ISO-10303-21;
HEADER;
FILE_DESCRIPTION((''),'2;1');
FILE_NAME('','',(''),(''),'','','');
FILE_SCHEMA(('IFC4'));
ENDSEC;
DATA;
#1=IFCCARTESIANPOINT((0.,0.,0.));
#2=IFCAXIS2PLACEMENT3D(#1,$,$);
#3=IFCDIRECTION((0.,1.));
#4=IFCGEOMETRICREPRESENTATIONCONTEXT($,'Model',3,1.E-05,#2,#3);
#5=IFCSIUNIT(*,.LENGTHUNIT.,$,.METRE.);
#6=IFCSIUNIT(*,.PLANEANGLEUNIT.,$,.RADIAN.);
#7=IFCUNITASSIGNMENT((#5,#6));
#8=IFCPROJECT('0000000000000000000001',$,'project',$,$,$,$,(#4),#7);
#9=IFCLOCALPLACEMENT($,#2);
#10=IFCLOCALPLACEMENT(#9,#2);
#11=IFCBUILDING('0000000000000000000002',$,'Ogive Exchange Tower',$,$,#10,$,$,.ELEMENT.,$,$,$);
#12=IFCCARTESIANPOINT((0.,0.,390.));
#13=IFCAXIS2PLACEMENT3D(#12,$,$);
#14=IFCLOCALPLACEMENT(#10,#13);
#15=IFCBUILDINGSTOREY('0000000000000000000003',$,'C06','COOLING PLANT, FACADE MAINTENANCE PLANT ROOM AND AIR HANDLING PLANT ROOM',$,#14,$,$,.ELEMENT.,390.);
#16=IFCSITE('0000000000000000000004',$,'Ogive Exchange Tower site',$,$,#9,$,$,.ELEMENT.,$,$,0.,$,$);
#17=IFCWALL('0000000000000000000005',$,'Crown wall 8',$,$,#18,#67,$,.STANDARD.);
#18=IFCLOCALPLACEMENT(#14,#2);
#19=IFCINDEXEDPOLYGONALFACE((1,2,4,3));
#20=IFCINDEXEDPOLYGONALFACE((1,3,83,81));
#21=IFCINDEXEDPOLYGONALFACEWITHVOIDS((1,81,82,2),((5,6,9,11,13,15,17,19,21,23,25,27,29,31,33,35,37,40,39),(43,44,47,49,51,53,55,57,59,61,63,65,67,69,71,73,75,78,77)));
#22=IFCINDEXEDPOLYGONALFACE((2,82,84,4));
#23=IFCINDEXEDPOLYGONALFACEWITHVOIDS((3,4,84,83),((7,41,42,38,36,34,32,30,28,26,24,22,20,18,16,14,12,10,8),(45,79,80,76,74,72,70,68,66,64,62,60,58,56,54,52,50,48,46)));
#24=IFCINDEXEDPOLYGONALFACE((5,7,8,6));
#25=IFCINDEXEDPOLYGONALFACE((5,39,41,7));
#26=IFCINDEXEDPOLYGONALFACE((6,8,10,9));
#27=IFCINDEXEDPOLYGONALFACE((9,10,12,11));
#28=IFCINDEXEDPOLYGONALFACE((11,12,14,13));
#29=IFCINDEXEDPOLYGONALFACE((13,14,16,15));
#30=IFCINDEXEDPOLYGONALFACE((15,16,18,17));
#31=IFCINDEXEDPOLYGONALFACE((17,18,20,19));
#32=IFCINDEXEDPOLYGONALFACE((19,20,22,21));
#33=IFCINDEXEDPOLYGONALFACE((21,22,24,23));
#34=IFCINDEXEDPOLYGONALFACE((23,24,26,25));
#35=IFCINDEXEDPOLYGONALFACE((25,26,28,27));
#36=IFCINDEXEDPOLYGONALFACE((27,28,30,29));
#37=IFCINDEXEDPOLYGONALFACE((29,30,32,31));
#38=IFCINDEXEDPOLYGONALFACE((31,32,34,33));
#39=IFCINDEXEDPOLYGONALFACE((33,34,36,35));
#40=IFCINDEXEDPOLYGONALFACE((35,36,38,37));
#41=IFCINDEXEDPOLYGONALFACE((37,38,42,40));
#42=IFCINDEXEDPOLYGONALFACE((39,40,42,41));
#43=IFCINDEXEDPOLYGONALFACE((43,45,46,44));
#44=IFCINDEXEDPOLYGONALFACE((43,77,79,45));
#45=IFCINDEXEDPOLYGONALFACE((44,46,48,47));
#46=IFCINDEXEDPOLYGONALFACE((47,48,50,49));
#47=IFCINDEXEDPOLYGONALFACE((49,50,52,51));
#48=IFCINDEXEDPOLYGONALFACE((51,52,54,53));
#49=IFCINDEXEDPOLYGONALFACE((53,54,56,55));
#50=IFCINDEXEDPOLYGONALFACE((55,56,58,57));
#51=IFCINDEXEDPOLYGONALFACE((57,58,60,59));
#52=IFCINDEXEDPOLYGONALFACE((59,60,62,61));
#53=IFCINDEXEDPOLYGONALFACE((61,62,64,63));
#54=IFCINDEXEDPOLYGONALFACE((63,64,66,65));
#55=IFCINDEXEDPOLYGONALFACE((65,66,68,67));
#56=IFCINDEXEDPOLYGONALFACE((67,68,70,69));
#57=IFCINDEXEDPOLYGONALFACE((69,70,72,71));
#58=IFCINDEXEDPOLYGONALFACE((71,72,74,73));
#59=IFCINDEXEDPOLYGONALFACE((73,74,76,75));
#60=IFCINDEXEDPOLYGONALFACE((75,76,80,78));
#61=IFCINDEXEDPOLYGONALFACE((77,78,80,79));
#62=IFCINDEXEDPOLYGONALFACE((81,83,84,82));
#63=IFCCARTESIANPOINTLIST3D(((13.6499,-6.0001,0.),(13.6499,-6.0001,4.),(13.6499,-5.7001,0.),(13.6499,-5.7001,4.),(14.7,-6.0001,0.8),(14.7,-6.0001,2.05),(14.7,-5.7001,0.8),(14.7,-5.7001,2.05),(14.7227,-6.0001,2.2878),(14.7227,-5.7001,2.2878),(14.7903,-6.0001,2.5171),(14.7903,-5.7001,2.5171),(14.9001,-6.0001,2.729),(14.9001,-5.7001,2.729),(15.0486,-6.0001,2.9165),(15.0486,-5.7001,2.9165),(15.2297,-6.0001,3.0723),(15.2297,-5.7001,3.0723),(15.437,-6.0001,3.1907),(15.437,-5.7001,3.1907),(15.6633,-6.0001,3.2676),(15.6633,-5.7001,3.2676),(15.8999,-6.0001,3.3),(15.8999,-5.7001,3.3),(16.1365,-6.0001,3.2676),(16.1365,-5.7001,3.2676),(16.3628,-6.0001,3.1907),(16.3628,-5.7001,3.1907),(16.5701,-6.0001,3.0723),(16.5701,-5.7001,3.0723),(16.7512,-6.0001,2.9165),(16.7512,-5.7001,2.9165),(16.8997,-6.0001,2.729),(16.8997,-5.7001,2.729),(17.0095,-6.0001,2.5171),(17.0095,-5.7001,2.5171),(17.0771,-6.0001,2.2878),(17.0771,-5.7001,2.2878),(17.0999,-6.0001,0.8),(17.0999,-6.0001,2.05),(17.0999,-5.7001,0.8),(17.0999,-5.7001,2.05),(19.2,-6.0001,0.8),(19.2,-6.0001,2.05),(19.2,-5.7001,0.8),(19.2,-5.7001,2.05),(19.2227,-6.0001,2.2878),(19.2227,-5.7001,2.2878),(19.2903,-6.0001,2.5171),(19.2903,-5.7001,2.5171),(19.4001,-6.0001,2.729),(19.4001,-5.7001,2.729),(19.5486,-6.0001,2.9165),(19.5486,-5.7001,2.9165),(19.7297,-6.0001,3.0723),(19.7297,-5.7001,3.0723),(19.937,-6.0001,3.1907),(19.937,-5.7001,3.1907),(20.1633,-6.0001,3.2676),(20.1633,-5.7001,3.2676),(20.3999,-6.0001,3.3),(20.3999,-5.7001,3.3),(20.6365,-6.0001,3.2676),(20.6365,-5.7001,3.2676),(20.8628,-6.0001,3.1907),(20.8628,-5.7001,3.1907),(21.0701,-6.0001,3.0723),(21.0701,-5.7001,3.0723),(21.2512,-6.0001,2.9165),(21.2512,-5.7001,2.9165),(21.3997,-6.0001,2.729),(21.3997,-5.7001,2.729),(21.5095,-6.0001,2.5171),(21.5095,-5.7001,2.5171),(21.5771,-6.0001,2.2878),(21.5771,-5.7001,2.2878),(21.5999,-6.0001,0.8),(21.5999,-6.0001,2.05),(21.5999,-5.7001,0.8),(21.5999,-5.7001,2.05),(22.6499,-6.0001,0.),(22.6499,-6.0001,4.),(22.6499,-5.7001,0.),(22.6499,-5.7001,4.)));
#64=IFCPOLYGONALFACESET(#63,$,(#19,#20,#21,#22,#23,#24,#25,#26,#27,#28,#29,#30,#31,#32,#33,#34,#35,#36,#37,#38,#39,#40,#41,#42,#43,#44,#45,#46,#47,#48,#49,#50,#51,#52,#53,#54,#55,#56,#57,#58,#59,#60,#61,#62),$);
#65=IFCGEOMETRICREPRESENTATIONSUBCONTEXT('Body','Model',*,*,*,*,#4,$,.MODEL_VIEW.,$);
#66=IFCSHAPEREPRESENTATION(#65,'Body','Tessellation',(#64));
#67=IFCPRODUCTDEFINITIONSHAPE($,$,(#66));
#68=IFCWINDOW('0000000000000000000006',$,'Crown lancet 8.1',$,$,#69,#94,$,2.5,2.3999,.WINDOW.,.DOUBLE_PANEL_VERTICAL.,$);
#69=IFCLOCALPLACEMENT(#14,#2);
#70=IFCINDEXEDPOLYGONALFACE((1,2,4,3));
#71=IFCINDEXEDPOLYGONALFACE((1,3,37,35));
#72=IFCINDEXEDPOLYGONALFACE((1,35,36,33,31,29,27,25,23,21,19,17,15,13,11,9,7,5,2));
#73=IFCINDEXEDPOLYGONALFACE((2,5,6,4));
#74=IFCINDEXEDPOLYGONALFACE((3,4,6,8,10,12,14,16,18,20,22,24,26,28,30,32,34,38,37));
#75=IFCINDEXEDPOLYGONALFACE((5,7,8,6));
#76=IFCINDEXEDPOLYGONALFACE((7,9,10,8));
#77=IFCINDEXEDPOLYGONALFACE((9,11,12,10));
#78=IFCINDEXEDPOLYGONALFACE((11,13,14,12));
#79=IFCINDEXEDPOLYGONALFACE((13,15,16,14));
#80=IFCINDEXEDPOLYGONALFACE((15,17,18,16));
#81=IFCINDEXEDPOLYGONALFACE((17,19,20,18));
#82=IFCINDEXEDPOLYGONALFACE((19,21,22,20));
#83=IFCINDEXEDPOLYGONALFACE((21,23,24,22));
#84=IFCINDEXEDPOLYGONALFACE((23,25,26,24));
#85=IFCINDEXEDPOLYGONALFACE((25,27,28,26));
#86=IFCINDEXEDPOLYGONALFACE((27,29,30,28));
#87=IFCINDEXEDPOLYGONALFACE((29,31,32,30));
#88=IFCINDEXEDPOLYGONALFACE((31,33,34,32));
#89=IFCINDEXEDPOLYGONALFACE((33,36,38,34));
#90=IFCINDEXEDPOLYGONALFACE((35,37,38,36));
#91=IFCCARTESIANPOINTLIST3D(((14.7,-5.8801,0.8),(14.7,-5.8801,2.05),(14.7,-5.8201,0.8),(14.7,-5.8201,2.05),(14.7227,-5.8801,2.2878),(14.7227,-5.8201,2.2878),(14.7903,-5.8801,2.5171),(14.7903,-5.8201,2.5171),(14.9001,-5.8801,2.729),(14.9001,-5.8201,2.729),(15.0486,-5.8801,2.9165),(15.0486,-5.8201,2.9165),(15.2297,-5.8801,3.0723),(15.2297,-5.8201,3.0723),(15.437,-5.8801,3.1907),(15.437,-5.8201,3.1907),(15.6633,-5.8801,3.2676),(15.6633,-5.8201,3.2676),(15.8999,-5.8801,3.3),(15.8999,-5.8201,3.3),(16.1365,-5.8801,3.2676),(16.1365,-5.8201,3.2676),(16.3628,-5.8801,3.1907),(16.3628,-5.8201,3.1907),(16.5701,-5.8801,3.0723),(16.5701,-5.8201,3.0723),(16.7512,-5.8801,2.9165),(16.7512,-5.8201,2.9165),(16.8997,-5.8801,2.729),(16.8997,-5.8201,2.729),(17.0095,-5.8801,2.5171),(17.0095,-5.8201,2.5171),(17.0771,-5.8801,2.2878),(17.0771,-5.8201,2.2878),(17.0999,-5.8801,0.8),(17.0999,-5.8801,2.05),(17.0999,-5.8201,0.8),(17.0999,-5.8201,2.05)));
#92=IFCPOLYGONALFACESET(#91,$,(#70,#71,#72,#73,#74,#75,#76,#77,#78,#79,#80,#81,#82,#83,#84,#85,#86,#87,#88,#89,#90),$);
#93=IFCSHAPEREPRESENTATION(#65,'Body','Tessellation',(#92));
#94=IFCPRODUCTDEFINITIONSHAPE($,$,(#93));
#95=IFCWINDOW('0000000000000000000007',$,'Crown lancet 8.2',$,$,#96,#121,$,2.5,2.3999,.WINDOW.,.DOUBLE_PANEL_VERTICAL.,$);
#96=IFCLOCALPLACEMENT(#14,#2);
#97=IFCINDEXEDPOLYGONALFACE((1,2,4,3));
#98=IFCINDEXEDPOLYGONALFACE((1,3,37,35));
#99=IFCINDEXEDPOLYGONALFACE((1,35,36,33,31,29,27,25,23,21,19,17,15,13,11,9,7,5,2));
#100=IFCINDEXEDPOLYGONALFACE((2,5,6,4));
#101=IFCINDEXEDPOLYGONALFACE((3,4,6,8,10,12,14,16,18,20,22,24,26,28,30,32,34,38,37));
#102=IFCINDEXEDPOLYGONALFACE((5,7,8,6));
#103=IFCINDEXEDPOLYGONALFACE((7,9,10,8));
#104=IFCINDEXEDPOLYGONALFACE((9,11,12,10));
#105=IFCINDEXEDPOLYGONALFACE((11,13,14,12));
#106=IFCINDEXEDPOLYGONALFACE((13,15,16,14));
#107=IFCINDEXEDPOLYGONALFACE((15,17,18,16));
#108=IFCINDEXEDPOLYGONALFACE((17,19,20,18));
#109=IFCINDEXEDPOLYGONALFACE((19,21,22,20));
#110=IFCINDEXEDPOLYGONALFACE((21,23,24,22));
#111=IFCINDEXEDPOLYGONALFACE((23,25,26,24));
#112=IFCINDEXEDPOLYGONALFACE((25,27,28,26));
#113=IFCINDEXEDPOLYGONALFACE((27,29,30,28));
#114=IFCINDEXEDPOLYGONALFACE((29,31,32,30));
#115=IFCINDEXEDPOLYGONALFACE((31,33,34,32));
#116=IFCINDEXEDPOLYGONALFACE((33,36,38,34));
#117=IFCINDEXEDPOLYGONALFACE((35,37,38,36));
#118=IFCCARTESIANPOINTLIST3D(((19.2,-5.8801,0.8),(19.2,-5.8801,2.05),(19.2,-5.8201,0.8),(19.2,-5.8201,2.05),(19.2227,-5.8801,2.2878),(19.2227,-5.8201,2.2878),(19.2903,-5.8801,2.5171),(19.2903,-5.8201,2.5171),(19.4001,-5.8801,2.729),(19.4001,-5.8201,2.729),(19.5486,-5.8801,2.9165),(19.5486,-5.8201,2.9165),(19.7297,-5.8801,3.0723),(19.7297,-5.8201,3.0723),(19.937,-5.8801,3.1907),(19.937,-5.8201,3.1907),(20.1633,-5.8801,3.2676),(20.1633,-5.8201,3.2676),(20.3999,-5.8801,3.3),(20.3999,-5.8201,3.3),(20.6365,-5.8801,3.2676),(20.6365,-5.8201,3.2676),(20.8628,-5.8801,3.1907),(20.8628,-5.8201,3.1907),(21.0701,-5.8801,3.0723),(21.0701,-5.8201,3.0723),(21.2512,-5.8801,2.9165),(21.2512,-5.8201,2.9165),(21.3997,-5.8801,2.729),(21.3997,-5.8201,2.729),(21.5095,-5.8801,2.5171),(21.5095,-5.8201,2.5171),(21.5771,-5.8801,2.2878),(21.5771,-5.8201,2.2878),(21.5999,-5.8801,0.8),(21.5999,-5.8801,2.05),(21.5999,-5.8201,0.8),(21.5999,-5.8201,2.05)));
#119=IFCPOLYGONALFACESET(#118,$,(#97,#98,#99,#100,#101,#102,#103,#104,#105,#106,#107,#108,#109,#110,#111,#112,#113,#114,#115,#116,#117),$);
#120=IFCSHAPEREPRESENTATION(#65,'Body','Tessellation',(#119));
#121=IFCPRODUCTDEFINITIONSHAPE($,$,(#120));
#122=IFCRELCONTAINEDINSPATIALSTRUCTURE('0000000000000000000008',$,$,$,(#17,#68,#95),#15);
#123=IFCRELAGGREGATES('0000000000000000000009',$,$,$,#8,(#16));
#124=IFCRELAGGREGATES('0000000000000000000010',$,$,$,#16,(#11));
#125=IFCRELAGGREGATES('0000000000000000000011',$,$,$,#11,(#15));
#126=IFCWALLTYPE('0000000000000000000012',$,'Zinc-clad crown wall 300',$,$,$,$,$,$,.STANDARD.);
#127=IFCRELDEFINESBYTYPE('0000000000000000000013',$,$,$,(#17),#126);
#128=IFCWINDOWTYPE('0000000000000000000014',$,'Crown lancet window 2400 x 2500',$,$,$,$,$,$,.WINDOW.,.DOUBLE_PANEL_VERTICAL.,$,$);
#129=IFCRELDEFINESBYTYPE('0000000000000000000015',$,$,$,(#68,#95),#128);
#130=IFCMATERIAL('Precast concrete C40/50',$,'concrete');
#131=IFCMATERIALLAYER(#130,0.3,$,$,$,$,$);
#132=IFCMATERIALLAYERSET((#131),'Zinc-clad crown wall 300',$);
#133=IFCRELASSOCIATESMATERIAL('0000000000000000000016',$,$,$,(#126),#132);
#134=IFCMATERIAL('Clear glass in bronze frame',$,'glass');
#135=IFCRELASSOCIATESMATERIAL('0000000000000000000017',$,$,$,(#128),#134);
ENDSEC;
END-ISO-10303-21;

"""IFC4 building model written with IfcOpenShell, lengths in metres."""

from ifc_helpers import new_model, si_unit, direction, frame, frame_2d, origin, place, context, subcontext, project, spatial, polyline, rectangle, outline, extrude, material, layer, layer_set, type_object, element, fill, save


model = new_model("IFC4")

# Units and contexts
model_context = context("Model", 3, precision=1e-05, world=origin(), true_north=direction((0.0, 1.0)))
body_context = subcontext(model_context, "Body", "Model", "MODEL_VIEW")
ifc_project = project(units=[si_unit("LENGTHUNIT", "METRE"), si_unit("PLANEANGLEUNIT", "RADIAN")], contexts=[model_context])

# Site, building, storey
site_placement = place(None, origin())
site = spatial("IfcSite", under=ifc_project, at=site_placement, Name="Ogive Exchange Tower site", CompositionType="ELEMENT", RefElevation=0.0)
building_placement = place(site_placement, origin())
building = spatial("IfcBuilding", under=site, at=building_placement, Name="Ogive Exchange Tower", CompositionType="ELEMENT")
storey_placement = place(building_placement, frame((0.0, 0.0, 390.0)))
storey = spatial("IfcBuildingStorey", under=building, at=storey_placement, Name="C06", Description="COOLING PLANT, FACADE MAINTENANCE PLANT ROOM AND AIR HANDLING PLANT ROOM", CompositionType="ELEMENT", Elevation=390.0)

# Wall, openings, windows
ifc_material_1 = material(Name="Precast concrete C40/50", Category="concrete")
ifc_layer_1 = layer(ifc_material_1, 0.3)
ifc_layer_set_1 = layer_set([ifc_layer_1], Name="Zinc-clad crown wall 300")
wall_type_1 = type_object("IfcWallType", Name="Zinc-clad crown wall 300", PredefinedType="STANDARD", material=ifc_layer_set_1)
wall_1_placement = place(storey_placement, frame((13.6499, -5.8501, 0.0), z_axis=(0.0, 0.0, 1.0), x_axis=(1.0, 0.0, 0.0)))
wall_1 = element("IfcWall", 1, at=wall_1_placement, inside=storey, type_object=wall_type_1, Name="Crown wall 8", PredefinedType="STANDARD", context=body_context, shape_type="SweptSolid", body=[
    extrude(rectangle(XDim=9.0, YDim=0.3, at=frame_2d((4.5, 0.0))), origin(), (0.0, 0.0, 1.0), 4.0),
])
opening_1_placement = place(wall_1_placement, frame((1.05, 0.0, 0.8)))
opening_1 = element("IfcOpeningElement", 2, at=opening_1_placement, cuts=wall_1, PredefinedType="OPENING", context=body_context, shape_type="SweptSolid", body=[
    extrude(outline(polyline([(0.0, 0.0), (2.3999, 0.0), (2.3999, 1.25), (2.3772, 1.4878), (2.3096, 1.717), (2.1997, 1.929), (2.0513, 2.1165), (1.8701, 2.2722), (1.6628, 2.3906), (1.4365, 2.4675), (1.2, 2.5), (0.9634, 2.4675), (0.7371, 2.3906), (0.5298, 2.2722), (0.3486, 2.1165), (0.2002, 1.929), (0.0903, 1.717), (0.0227, 1.4878), (0.0, 1.25), (0.0, 0.0)])), frame((0.0, 0.1599, 0.0), z_axis=(0.0, -1.0, 0.0), x_axis=(1.0, 0.0, 0.0)), (0.0, 0.0, 1.0), 0.3201),
])
opening_2_placement = place(wall_1_placement, frame((5.55, 0.0, 0.8)))
opening_2 = element("IfcOpeningElement", 3, at=opening_2_placement, cuts=wall_1, PredefinedType="OPENING", context=body_context, shape_type="SweptSolid", body=[
    extrude(outline(polyline([(0.0, 0.0), (2.3999, 0.0), (2.3999, 1.25), (2.3772, 1.4878), (2.3096, 1.717), (2.1997, 1.929), (2.0513, 2.1165), (1.8701, 2.2722), (1.6628, 2.3906), (1.4365, 2.4675), (1.2, 2.5), (0.9634, 2.4675), (0.7371, 2.3906), (0.5298, 2.2722), (0.3486, 2.1165), (0.2002, 1.929), (0.0903, 1.717), (0.0227, 1.4878), (0.0, 1.25), (0.0, 0.0)])), frame((0.0, 0.1599, 0.0), z_axis=(0.0, -1.0, 0.0), x_axis=(1.0, 0.0, 0.0)), (0.0, 0.0, 1.0), 0.3201),
])
ifc_material_2 = material(Name="Clear glass in bronze frame", Category="glass")
window_type = type_object("IfcWindowType", Name="Crown lancet window 2400 x 2500", PartitioningType="DOUBLE_PANEL_VERTICAL", PredefinedType="WINDOW", material=ifc_material_2)
window_1_placement = place(opening_1_placement, origin())
window_1 = element("IfcWindow", 4, at=window_1_placement, inside=storey, type_object=window_type, Name="Crown lancet 8.1", OverallHeight=2.5, OverallWidth=2.3999, PartitioningType="DOUBLE_PANEL_VERTICAL", PredefinedType="WINDOW", context=body_context, shape_type="SweptSolid", body=[
    extrude(outline(polyline([(0.0, 0.0), (2.3999, 0.0), (2.3999, 1.25), (2.3772, 1.4878), (2.3096, 1.717), (2.1997, 1.929), (2.0513, 2.1165), (1.8701, 2.2722), (1.6628, 2.3906), (1.4365, 2.4675), (1.2, 2.5), (0.9634, 2.4675), (0.7371, 2.3906), (0.5298, 2.2722), (0.3486, 2.1165), (0.2002, 1.929), (0.0903, 1.717), (0.0227, 1.4878), (0.0, 1.25), (0.0, 0.0)])), frame((0.0, 0.03, 0.0), z_axis=(0.0, -1.0, 0.0), x_axis=(1.0, 0.0, 0.0)), (0.0, 0.0, 1.0), 0.0601),
])
fill(opening_1, window_1)
window_2_placement = place(opening_2_placement, origin())
window_2 = element("IfcWindow", 5, at=window_2_placement, inside=storey, type_object=window_type, Name="Crown lancet 8.2", OverallHeight=2.5, OverallWidth=2.3999, PartitioningType="DOUBLE_PANEL_VERTICAL", PredefinedType="WINDOW", context=body_context, shape_type="SweptSolid", body=[
    extrude(outline(polyline([(0.0, 0.0), (2.3999, 0.0), (2.3999, 1.25), (2.3772, 1.4878), (2.3096, 1.717), (2.1997, 1.929), (2.0513, 2.1165), (1.8701, 2.2722), (1.6628, 2.3906), (1.4365, 2.4675), (1.2, 2.5), (0.9634, 2.4675), (0.7371, 2.3906), (0.5298, 2.2722), (0.3486, 2.1165), (0.2002, 1.929), (0.0903, 1.717), (0.0227, 1.4878), (0.0, 1.25), (0.0, 0.0)])), frame((0.0, 0.03, 0.0), z_axis=(0.0, -1.0, 0.0), x_axis=(1.0, 0.0, 0.0)), (0.0, 0.0, 1.0), 0.0601),
])
fill(opening_2, window_2)

save(model, "model.ifc")
